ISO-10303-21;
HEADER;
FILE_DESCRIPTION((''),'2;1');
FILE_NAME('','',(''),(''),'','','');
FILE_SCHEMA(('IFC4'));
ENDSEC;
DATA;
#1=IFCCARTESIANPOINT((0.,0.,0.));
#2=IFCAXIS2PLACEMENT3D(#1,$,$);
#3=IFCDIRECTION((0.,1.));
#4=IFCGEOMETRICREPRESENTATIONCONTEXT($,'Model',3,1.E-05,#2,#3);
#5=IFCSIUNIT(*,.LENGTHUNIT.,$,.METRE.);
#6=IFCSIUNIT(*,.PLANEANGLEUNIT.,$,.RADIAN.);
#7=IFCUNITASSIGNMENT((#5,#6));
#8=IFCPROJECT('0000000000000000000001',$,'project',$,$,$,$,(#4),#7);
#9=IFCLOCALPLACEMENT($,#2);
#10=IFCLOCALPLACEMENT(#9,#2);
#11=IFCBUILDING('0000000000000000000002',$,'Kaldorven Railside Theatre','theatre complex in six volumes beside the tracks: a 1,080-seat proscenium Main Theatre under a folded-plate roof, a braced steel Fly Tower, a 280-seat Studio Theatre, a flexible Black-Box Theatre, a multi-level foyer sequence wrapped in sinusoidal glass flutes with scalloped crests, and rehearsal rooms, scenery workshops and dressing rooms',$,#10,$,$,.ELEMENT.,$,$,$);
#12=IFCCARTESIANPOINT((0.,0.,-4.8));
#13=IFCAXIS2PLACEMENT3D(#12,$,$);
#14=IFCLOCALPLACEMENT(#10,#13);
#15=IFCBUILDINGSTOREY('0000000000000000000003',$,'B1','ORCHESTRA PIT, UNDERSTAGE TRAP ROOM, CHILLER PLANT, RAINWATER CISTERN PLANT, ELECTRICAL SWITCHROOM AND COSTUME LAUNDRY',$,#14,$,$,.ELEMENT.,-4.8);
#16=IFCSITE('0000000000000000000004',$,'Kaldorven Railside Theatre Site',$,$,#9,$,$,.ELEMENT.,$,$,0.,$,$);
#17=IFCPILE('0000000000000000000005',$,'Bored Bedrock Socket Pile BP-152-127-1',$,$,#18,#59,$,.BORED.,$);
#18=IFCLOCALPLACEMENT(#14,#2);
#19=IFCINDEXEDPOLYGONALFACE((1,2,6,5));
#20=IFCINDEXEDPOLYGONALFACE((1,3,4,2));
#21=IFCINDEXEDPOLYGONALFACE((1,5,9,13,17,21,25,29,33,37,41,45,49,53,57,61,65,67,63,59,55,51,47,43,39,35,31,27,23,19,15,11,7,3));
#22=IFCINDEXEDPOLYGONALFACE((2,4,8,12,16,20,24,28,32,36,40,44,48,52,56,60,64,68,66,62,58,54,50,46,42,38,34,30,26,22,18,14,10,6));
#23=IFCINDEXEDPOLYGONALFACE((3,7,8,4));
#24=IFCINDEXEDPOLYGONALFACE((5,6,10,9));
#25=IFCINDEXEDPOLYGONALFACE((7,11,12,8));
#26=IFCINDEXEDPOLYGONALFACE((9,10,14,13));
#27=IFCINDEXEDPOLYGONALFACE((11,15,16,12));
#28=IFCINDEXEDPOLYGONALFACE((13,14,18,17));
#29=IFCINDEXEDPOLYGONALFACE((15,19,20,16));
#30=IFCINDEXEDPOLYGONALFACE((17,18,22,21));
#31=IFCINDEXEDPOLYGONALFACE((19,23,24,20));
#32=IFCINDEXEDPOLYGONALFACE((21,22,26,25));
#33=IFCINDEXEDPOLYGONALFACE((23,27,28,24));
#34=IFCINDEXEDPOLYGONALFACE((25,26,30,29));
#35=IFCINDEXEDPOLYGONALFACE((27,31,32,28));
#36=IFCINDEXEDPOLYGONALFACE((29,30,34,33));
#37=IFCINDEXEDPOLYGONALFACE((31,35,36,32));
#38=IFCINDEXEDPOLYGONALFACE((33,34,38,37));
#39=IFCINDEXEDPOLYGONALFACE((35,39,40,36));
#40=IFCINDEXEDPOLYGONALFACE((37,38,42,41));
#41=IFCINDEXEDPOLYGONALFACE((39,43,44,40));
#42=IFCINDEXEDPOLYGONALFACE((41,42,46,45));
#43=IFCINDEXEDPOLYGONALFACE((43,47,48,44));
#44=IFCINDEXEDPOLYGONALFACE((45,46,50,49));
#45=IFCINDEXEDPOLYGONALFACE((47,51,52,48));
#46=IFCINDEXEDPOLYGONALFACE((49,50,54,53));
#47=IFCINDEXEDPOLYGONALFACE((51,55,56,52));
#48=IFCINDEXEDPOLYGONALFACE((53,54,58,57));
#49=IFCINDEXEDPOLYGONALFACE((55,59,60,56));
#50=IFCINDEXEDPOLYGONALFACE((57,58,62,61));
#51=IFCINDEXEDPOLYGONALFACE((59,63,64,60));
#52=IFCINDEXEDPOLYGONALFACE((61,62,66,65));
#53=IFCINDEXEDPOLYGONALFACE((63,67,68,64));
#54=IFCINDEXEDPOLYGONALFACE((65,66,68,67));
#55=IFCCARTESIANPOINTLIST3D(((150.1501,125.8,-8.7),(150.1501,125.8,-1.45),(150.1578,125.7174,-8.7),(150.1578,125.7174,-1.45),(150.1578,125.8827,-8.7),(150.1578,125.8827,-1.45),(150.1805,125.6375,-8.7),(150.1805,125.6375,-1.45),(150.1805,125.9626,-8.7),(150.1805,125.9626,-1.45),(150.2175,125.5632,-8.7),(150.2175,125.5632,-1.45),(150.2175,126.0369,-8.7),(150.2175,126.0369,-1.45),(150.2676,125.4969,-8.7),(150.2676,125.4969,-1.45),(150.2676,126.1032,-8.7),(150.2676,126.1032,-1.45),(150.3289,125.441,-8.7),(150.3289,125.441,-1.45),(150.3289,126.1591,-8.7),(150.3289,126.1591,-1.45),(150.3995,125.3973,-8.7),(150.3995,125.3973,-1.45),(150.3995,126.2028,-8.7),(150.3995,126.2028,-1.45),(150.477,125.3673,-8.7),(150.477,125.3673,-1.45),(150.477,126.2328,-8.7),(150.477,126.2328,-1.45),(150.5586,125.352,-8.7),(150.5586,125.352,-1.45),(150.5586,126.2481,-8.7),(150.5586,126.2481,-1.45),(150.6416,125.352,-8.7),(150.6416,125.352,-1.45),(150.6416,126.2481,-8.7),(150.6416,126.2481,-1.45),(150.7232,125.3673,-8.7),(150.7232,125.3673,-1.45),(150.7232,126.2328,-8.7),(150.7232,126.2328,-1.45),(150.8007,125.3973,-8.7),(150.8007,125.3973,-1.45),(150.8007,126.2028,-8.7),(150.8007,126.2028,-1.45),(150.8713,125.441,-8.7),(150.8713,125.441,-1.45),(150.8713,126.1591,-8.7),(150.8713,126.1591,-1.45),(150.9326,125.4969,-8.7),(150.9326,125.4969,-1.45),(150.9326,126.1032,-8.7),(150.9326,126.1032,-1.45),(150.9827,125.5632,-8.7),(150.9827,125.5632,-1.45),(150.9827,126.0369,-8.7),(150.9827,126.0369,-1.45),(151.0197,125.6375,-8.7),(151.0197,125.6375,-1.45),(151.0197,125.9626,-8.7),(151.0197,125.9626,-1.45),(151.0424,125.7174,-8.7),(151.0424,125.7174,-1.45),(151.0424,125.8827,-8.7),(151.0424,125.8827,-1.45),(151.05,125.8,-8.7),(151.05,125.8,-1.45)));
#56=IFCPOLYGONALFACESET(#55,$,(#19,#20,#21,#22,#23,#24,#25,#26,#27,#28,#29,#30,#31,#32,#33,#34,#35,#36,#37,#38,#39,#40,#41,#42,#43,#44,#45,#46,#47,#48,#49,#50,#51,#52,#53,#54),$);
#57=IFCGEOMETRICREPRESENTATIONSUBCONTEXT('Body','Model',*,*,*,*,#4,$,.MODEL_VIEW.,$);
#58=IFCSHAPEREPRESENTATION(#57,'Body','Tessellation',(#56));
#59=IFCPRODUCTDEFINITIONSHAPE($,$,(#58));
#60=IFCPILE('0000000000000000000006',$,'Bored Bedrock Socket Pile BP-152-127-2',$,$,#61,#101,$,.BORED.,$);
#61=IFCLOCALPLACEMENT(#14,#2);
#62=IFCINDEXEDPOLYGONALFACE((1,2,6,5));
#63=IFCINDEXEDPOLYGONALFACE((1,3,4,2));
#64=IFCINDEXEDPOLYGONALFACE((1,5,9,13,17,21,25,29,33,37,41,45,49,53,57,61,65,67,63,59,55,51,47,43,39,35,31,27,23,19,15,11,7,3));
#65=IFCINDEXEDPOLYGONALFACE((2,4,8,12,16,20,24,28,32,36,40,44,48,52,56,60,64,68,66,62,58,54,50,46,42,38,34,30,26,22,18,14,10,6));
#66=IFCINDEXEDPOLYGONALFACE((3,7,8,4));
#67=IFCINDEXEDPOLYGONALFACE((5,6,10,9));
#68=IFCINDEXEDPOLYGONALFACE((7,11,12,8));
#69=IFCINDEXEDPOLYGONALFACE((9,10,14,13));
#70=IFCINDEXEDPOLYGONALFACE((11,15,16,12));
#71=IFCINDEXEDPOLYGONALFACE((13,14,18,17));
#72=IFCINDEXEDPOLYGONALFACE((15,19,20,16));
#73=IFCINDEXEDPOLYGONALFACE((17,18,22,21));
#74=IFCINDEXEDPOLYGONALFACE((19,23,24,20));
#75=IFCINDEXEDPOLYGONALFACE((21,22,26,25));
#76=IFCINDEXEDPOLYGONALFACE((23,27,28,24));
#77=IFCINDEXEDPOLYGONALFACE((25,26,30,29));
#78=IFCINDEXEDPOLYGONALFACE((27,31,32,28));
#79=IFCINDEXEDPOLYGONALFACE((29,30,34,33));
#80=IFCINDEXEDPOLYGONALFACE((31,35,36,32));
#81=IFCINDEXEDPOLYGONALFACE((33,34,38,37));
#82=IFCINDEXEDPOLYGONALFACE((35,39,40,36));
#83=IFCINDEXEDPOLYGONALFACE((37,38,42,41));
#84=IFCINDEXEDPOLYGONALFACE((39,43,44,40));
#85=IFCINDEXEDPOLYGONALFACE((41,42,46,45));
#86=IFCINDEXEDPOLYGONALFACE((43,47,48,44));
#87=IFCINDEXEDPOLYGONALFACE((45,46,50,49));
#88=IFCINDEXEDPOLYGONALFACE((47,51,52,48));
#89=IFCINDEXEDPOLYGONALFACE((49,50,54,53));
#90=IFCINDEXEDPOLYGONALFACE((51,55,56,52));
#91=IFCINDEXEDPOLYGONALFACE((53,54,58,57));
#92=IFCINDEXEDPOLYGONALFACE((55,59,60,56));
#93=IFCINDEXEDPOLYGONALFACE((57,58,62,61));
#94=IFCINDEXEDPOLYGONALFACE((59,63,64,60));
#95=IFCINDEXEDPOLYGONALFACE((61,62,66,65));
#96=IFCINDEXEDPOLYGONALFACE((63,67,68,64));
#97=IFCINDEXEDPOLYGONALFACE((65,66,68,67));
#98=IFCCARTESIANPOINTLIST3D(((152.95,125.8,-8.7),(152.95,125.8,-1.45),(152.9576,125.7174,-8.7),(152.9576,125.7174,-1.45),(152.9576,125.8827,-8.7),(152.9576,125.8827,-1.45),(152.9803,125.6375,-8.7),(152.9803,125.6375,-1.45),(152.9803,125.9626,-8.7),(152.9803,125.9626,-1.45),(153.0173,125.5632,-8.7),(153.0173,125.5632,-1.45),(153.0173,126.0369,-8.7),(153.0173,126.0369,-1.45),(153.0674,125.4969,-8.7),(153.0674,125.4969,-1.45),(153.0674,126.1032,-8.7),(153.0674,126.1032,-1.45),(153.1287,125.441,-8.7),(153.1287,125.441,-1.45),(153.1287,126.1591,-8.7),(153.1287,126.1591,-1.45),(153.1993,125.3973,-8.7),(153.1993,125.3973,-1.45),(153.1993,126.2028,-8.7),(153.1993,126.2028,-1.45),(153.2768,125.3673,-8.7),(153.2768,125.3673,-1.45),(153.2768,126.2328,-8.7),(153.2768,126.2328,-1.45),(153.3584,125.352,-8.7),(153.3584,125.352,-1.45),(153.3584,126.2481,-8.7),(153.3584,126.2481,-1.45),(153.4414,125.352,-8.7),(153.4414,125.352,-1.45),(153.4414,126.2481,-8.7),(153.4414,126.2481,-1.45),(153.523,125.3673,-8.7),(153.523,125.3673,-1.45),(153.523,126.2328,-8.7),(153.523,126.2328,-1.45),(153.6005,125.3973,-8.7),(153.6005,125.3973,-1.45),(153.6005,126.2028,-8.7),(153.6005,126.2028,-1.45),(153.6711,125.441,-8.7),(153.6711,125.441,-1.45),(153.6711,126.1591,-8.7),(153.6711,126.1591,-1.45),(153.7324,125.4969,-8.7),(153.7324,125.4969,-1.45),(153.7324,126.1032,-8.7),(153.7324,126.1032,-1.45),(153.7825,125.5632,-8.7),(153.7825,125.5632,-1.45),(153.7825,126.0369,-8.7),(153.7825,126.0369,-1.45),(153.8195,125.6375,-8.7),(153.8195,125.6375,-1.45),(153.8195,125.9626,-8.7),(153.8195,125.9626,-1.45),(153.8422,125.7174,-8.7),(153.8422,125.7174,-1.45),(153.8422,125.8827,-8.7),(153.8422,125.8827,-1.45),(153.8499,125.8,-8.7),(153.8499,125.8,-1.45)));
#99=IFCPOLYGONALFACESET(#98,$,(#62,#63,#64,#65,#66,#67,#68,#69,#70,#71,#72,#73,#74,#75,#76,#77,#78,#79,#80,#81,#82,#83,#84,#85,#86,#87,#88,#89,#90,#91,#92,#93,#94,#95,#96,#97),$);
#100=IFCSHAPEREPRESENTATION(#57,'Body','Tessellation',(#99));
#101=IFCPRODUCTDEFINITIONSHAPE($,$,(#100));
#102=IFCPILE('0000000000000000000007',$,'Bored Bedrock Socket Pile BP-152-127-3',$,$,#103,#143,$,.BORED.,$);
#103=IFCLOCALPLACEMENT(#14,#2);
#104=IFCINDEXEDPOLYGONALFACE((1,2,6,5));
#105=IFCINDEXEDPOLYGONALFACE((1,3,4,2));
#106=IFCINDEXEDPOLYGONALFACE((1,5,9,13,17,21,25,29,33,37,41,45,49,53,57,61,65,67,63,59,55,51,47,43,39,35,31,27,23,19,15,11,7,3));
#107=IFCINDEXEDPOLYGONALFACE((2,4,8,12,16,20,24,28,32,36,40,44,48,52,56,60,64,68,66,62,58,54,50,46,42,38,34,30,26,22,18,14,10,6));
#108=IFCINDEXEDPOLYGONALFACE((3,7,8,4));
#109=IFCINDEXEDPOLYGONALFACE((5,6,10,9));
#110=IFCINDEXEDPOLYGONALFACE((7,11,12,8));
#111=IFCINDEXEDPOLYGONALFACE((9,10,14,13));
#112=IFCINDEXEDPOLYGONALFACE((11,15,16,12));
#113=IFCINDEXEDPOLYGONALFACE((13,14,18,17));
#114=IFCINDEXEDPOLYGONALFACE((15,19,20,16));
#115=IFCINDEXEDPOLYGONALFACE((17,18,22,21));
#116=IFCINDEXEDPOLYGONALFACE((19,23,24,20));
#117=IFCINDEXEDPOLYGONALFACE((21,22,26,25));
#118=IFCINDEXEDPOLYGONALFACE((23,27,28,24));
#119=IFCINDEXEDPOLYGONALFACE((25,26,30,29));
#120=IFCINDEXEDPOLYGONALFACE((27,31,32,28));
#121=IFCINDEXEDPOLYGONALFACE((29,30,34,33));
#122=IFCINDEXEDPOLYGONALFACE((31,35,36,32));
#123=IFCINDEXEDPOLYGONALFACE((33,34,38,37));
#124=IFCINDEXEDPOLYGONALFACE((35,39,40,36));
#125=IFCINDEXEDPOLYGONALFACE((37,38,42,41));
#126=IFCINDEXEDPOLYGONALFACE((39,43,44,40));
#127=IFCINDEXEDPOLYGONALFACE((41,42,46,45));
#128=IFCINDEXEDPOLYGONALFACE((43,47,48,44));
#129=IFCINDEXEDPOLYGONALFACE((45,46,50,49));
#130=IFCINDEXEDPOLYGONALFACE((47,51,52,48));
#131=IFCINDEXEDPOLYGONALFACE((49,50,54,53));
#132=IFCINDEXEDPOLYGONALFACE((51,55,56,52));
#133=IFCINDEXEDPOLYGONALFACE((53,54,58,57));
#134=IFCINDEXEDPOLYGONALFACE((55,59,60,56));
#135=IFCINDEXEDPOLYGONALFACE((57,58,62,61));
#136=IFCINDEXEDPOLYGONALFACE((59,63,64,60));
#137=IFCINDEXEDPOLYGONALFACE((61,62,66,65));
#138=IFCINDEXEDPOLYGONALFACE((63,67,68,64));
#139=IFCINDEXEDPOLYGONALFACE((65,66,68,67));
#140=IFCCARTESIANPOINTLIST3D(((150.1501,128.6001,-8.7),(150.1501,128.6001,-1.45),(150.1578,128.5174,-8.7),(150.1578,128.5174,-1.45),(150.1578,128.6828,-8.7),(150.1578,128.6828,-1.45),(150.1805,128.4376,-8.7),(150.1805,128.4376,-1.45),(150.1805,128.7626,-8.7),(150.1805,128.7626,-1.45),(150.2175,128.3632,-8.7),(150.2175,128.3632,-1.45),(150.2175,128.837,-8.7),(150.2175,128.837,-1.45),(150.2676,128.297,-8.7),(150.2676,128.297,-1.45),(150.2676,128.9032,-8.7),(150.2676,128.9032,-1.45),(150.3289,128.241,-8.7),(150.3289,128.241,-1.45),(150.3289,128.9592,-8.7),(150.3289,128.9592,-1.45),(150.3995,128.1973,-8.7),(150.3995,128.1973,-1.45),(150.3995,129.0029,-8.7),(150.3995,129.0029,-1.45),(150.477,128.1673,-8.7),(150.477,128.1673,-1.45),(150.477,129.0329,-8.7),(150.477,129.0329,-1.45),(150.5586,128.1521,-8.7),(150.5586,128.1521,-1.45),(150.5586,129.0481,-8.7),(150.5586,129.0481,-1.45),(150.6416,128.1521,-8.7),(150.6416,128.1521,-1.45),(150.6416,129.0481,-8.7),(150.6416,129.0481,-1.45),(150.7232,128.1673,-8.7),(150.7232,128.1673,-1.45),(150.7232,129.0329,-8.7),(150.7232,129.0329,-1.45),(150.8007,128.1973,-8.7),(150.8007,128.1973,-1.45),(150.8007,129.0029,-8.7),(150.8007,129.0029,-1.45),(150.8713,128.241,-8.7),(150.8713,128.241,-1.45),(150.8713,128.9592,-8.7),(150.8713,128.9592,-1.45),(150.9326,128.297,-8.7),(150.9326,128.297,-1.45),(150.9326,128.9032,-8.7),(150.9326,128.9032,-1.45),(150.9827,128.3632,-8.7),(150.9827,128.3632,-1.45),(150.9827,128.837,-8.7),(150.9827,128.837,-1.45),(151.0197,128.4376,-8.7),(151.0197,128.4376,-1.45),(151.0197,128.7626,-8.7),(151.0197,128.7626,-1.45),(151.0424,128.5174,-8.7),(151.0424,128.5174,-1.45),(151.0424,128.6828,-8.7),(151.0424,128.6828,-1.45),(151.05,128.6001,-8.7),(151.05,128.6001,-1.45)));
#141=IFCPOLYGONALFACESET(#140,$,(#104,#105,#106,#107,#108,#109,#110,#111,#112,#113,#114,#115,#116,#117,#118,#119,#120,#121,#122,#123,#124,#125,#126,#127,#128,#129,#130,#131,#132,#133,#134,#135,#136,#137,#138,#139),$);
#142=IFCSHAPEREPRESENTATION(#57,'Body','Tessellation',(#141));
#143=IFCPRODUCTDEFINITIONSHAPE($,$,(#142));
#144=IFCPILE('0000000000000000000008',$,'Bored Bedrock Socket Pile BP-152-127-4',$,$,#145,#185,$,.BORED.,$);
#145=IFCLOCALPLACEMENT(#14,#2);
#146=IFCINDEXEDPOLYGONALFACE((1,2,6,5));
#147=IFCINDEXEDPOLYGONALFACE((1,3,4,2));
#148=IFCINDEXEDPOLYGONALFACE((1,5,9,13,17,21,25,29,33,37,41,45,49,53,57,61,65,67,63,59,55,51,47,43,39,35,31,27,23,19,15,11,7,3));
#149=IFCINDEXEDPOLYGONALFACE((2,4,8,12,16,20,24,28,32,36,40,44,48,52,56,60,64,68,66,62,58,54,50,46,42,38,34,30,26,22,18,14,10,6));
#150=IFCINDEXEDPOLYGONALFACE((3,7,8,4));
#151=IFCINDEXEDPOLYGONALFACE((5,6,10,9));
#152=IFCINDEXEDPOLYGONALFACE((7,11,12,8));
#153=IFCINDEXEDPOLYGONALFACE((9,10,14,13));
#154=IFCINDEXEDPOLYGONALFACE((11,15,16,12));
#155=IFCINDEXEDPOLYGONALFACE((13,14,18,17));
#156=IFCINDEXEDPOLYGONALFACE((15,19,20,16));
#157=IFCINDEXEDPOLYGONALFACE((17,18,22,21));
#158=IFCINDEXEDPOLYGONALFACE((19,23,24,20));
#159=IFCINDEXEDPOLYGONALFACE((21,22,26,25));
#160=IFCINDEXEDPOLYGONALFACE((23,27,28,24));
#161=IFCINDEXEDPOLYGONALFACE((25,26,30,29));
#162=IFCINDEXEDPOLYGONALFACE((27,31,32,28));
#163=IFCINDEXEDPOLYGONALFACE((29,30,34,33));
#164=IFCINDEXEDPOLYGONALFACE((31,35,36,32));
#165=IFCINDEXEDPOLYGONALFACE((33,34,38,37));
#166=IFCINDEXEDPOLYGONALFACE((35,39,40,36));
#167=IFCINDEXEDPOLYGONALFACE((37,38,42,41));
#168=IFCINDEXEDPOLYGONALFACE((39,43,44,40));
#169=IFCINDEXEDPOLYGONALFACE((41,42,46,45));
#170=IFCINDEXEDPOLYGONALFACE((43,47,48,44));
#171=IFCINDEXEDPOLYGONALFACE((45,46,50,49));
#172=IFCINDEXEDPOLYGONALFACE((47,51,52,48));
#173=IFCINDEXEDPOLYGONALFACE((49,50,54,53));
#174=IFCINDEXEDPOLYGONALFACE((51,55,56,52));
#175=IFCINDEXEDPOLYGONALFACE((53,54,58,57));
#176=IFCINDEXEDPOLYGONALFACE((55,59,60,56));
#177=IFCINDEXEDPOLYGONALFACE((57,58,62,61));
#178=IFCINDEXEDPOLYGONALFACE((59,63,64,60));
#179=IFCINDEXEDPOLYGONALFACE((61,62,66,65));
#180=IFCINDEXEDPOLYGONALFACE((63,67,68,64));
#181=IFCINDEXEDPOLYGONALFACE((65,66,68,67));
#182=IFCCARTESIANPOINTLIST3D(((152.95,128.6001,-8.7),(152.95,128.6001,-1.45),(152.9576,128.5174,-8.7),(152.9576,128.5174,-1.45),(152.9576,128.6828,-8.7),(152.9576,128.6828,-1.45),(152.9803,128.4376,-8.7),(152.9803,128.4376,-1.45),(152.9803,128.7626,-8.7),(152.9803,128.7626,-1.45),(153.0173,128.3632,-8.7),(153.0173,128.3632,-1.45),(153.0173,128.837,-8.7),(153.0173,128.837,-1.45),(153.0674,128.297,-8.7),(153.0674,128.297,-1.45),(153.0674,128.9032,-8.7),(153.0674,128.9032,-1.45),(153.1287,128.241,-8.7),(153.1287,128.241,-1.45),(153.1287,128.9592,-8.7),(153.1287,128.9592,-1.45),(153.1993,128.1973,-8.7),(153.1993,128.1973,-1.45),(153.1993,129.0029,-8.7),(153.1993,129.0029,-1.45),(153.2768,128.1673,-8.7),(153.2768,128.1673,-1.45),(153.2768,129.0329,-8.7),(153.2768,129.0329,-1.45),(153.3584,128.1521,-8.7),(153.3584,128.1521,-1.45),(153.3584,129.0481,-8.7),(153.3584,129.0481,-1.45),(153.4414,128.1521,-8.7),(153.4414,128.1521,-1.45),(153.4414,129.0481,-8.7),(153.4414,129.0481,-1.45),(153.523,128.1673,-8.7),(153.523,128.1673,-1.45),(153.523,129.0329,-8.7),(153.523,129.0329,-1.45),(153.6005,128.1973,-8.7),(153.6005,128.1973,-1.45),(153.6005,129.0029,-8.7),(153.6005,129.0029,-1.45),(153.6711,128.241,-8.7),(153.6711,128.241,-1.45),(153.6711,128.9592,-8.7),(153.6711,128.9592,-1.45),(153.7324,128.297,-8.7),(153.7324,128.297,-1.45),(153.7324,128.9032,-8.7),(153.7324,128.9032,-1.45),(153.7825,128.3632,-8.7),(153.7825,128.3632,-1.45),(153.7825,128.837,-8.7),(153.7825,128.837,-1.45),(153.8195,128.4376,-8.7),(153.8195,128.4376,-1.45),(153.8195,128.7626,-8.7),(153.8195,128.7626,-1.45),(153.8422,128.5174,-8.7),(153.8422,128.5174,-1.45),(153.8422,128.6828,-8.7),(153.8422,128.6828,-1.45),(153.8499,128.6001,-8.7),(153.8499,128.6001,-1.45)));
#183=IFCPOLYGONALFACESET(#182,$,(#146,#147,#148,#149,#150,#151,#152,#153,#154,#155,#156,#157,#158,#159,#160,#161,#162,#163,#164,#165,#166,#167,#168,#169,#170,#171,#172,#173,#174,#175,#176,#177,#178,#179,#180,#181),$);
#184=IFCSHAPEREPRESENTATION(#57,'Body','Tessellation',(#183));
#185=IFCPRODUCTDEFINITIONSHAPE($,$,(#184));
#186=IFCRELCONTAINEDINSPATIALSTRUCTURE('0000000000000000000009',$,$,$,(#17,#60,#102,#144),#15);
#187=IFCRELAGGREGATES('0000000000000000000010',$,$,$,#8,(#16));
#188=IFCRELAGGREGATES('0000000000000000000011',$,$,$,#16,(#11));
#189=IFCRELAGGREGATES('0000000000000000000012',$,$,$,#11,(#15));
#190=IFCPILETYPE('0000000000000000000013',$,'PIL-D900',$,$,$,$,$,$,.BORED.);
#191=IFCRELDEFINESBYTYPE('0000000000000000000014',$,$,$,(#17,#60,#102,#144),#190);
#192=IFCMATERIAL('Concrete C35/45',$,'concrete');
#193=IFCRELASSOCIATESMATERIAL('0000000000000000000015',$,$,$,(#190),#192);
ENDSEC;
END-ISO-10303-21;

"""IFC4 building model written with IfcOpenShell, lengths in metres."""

from ifc_helpers import new_model, si_unit, direction, frame, origin, origin_2d, place, context, subcontext, project, spatial, circle, extrude, material, material_profile, profile_set, type_object, element, save


model = new_model("IFC4")

# Units and contexts
model_context = context("Model", 3, precision=1e-05, world=origin(), true_north=direction((0.0, 1.0)))
body_context = subcontext(model_context, "Body", "Model", "MODEL_VIEW")
ifc_project = project(units=[si_unit("LENGTHUNIT", "METRE"), si_unit("PLANEANGLEUNIT", "RADIAN")], contexts=[model_context])

# Site, building, storey
site_placement = place(None, origin())
site = spatial("IfcSite", under=ifc_project, at=site_placement, Name="Kaldorven Railside Theatre Site", CompositionType="ELEMENT", RefElevation=0.0)
building_placement = place(site_placement, origin())
building = spatial("IfcBuilding", under=site, at=building_placement, Name="Kaldorven Railside Theatre", Description="theatre complex in six volumes beside the tracks: a 1,080-seat proscenium Main Theatre under a folded-plate roof, a braced steel Fly Tower, a 280-seat Studio Theatre, a flexible Black-Box Theatre, a multi-level foyer sequence wrapped in sinusoidal glass flutes with scalloped crests, and rehearsal rooms, scenery workshops and dressing rooms", CompositionType="ELEMENT")
storey_placement = place(building_placement, frame((0.0, 0.0, -4.8)))
storey = spatial("IfcBuildingStorey", under=building, at=storey_placement, Name="B1", Description="ORCHESTRA PIT, UNDERSTAGE TRAP ROOM, CHILLER PLANT, RAINWATER CISTERN PLANT, ELECTRICAL SWITCHROOM AND COSTUME LAUNDRY", CompositionType="ELEMENT", Elevation=-4.8)

# Piles
ifc_material_1 = material(Name="Concrete C35/45", Category="concrete")
ifc_material_profile_1 = material_profile(ifc_material_1, circle(Radius=0.45, at=origin_2d()), Name="BP D900")
ifc_profile_set_1 = profile_set([ifc_material_profile_1], Name="Concrete C35/45")
pile_type_1 = type_object("IfcPileType", Name="PIL-D900", PredefinedType="BORED", material=ifc_profile_set_1)
for number, where, z_axis, x_axis, name in (
    (1, (150.6001, 125.8, -1.45), (0.0, 0.0, -1.0), (1.0, 0.0, 0.0), "Bored Bedrock Socket Pile BP-152-127-1"),
    (2, (153.3999, 125.8, -1.45), (0.0, 0.0, -1.0), (1.0, 0.0, 0.0), "Bored Bedrock Socket Pile BP-152-127-2"),
    (3, (150.6001, 128.6001, -1.45), (0.0, 0.0, -1.0), (1.0, 0.0, 0.0), "Bored Bedrock Socket Pile BP-152-127-3"),
    (4, (153.3999, 128.6001, -1.45), (0.0, 0.0, -1.0), (1.0, 0.0, 0.0), "Bored Bedrock Socket Pile BP-152-127-4"),
):
    element("IfcPile", number, at=place(storey_placement, frame(where, z_axis=z_axis, x_axis=x_axis)), inside=storey, type_object=pile_type_1, Name=name, PredefinedType="BORED", context=body_context, shape_type="SweptSolid", body=[
        extrude(circle(Radius=0.45, at=origin_2d()), origin(), (0.0, 0.0, 1.0), 7.25),
    ])

save(model, "model.ifc")
